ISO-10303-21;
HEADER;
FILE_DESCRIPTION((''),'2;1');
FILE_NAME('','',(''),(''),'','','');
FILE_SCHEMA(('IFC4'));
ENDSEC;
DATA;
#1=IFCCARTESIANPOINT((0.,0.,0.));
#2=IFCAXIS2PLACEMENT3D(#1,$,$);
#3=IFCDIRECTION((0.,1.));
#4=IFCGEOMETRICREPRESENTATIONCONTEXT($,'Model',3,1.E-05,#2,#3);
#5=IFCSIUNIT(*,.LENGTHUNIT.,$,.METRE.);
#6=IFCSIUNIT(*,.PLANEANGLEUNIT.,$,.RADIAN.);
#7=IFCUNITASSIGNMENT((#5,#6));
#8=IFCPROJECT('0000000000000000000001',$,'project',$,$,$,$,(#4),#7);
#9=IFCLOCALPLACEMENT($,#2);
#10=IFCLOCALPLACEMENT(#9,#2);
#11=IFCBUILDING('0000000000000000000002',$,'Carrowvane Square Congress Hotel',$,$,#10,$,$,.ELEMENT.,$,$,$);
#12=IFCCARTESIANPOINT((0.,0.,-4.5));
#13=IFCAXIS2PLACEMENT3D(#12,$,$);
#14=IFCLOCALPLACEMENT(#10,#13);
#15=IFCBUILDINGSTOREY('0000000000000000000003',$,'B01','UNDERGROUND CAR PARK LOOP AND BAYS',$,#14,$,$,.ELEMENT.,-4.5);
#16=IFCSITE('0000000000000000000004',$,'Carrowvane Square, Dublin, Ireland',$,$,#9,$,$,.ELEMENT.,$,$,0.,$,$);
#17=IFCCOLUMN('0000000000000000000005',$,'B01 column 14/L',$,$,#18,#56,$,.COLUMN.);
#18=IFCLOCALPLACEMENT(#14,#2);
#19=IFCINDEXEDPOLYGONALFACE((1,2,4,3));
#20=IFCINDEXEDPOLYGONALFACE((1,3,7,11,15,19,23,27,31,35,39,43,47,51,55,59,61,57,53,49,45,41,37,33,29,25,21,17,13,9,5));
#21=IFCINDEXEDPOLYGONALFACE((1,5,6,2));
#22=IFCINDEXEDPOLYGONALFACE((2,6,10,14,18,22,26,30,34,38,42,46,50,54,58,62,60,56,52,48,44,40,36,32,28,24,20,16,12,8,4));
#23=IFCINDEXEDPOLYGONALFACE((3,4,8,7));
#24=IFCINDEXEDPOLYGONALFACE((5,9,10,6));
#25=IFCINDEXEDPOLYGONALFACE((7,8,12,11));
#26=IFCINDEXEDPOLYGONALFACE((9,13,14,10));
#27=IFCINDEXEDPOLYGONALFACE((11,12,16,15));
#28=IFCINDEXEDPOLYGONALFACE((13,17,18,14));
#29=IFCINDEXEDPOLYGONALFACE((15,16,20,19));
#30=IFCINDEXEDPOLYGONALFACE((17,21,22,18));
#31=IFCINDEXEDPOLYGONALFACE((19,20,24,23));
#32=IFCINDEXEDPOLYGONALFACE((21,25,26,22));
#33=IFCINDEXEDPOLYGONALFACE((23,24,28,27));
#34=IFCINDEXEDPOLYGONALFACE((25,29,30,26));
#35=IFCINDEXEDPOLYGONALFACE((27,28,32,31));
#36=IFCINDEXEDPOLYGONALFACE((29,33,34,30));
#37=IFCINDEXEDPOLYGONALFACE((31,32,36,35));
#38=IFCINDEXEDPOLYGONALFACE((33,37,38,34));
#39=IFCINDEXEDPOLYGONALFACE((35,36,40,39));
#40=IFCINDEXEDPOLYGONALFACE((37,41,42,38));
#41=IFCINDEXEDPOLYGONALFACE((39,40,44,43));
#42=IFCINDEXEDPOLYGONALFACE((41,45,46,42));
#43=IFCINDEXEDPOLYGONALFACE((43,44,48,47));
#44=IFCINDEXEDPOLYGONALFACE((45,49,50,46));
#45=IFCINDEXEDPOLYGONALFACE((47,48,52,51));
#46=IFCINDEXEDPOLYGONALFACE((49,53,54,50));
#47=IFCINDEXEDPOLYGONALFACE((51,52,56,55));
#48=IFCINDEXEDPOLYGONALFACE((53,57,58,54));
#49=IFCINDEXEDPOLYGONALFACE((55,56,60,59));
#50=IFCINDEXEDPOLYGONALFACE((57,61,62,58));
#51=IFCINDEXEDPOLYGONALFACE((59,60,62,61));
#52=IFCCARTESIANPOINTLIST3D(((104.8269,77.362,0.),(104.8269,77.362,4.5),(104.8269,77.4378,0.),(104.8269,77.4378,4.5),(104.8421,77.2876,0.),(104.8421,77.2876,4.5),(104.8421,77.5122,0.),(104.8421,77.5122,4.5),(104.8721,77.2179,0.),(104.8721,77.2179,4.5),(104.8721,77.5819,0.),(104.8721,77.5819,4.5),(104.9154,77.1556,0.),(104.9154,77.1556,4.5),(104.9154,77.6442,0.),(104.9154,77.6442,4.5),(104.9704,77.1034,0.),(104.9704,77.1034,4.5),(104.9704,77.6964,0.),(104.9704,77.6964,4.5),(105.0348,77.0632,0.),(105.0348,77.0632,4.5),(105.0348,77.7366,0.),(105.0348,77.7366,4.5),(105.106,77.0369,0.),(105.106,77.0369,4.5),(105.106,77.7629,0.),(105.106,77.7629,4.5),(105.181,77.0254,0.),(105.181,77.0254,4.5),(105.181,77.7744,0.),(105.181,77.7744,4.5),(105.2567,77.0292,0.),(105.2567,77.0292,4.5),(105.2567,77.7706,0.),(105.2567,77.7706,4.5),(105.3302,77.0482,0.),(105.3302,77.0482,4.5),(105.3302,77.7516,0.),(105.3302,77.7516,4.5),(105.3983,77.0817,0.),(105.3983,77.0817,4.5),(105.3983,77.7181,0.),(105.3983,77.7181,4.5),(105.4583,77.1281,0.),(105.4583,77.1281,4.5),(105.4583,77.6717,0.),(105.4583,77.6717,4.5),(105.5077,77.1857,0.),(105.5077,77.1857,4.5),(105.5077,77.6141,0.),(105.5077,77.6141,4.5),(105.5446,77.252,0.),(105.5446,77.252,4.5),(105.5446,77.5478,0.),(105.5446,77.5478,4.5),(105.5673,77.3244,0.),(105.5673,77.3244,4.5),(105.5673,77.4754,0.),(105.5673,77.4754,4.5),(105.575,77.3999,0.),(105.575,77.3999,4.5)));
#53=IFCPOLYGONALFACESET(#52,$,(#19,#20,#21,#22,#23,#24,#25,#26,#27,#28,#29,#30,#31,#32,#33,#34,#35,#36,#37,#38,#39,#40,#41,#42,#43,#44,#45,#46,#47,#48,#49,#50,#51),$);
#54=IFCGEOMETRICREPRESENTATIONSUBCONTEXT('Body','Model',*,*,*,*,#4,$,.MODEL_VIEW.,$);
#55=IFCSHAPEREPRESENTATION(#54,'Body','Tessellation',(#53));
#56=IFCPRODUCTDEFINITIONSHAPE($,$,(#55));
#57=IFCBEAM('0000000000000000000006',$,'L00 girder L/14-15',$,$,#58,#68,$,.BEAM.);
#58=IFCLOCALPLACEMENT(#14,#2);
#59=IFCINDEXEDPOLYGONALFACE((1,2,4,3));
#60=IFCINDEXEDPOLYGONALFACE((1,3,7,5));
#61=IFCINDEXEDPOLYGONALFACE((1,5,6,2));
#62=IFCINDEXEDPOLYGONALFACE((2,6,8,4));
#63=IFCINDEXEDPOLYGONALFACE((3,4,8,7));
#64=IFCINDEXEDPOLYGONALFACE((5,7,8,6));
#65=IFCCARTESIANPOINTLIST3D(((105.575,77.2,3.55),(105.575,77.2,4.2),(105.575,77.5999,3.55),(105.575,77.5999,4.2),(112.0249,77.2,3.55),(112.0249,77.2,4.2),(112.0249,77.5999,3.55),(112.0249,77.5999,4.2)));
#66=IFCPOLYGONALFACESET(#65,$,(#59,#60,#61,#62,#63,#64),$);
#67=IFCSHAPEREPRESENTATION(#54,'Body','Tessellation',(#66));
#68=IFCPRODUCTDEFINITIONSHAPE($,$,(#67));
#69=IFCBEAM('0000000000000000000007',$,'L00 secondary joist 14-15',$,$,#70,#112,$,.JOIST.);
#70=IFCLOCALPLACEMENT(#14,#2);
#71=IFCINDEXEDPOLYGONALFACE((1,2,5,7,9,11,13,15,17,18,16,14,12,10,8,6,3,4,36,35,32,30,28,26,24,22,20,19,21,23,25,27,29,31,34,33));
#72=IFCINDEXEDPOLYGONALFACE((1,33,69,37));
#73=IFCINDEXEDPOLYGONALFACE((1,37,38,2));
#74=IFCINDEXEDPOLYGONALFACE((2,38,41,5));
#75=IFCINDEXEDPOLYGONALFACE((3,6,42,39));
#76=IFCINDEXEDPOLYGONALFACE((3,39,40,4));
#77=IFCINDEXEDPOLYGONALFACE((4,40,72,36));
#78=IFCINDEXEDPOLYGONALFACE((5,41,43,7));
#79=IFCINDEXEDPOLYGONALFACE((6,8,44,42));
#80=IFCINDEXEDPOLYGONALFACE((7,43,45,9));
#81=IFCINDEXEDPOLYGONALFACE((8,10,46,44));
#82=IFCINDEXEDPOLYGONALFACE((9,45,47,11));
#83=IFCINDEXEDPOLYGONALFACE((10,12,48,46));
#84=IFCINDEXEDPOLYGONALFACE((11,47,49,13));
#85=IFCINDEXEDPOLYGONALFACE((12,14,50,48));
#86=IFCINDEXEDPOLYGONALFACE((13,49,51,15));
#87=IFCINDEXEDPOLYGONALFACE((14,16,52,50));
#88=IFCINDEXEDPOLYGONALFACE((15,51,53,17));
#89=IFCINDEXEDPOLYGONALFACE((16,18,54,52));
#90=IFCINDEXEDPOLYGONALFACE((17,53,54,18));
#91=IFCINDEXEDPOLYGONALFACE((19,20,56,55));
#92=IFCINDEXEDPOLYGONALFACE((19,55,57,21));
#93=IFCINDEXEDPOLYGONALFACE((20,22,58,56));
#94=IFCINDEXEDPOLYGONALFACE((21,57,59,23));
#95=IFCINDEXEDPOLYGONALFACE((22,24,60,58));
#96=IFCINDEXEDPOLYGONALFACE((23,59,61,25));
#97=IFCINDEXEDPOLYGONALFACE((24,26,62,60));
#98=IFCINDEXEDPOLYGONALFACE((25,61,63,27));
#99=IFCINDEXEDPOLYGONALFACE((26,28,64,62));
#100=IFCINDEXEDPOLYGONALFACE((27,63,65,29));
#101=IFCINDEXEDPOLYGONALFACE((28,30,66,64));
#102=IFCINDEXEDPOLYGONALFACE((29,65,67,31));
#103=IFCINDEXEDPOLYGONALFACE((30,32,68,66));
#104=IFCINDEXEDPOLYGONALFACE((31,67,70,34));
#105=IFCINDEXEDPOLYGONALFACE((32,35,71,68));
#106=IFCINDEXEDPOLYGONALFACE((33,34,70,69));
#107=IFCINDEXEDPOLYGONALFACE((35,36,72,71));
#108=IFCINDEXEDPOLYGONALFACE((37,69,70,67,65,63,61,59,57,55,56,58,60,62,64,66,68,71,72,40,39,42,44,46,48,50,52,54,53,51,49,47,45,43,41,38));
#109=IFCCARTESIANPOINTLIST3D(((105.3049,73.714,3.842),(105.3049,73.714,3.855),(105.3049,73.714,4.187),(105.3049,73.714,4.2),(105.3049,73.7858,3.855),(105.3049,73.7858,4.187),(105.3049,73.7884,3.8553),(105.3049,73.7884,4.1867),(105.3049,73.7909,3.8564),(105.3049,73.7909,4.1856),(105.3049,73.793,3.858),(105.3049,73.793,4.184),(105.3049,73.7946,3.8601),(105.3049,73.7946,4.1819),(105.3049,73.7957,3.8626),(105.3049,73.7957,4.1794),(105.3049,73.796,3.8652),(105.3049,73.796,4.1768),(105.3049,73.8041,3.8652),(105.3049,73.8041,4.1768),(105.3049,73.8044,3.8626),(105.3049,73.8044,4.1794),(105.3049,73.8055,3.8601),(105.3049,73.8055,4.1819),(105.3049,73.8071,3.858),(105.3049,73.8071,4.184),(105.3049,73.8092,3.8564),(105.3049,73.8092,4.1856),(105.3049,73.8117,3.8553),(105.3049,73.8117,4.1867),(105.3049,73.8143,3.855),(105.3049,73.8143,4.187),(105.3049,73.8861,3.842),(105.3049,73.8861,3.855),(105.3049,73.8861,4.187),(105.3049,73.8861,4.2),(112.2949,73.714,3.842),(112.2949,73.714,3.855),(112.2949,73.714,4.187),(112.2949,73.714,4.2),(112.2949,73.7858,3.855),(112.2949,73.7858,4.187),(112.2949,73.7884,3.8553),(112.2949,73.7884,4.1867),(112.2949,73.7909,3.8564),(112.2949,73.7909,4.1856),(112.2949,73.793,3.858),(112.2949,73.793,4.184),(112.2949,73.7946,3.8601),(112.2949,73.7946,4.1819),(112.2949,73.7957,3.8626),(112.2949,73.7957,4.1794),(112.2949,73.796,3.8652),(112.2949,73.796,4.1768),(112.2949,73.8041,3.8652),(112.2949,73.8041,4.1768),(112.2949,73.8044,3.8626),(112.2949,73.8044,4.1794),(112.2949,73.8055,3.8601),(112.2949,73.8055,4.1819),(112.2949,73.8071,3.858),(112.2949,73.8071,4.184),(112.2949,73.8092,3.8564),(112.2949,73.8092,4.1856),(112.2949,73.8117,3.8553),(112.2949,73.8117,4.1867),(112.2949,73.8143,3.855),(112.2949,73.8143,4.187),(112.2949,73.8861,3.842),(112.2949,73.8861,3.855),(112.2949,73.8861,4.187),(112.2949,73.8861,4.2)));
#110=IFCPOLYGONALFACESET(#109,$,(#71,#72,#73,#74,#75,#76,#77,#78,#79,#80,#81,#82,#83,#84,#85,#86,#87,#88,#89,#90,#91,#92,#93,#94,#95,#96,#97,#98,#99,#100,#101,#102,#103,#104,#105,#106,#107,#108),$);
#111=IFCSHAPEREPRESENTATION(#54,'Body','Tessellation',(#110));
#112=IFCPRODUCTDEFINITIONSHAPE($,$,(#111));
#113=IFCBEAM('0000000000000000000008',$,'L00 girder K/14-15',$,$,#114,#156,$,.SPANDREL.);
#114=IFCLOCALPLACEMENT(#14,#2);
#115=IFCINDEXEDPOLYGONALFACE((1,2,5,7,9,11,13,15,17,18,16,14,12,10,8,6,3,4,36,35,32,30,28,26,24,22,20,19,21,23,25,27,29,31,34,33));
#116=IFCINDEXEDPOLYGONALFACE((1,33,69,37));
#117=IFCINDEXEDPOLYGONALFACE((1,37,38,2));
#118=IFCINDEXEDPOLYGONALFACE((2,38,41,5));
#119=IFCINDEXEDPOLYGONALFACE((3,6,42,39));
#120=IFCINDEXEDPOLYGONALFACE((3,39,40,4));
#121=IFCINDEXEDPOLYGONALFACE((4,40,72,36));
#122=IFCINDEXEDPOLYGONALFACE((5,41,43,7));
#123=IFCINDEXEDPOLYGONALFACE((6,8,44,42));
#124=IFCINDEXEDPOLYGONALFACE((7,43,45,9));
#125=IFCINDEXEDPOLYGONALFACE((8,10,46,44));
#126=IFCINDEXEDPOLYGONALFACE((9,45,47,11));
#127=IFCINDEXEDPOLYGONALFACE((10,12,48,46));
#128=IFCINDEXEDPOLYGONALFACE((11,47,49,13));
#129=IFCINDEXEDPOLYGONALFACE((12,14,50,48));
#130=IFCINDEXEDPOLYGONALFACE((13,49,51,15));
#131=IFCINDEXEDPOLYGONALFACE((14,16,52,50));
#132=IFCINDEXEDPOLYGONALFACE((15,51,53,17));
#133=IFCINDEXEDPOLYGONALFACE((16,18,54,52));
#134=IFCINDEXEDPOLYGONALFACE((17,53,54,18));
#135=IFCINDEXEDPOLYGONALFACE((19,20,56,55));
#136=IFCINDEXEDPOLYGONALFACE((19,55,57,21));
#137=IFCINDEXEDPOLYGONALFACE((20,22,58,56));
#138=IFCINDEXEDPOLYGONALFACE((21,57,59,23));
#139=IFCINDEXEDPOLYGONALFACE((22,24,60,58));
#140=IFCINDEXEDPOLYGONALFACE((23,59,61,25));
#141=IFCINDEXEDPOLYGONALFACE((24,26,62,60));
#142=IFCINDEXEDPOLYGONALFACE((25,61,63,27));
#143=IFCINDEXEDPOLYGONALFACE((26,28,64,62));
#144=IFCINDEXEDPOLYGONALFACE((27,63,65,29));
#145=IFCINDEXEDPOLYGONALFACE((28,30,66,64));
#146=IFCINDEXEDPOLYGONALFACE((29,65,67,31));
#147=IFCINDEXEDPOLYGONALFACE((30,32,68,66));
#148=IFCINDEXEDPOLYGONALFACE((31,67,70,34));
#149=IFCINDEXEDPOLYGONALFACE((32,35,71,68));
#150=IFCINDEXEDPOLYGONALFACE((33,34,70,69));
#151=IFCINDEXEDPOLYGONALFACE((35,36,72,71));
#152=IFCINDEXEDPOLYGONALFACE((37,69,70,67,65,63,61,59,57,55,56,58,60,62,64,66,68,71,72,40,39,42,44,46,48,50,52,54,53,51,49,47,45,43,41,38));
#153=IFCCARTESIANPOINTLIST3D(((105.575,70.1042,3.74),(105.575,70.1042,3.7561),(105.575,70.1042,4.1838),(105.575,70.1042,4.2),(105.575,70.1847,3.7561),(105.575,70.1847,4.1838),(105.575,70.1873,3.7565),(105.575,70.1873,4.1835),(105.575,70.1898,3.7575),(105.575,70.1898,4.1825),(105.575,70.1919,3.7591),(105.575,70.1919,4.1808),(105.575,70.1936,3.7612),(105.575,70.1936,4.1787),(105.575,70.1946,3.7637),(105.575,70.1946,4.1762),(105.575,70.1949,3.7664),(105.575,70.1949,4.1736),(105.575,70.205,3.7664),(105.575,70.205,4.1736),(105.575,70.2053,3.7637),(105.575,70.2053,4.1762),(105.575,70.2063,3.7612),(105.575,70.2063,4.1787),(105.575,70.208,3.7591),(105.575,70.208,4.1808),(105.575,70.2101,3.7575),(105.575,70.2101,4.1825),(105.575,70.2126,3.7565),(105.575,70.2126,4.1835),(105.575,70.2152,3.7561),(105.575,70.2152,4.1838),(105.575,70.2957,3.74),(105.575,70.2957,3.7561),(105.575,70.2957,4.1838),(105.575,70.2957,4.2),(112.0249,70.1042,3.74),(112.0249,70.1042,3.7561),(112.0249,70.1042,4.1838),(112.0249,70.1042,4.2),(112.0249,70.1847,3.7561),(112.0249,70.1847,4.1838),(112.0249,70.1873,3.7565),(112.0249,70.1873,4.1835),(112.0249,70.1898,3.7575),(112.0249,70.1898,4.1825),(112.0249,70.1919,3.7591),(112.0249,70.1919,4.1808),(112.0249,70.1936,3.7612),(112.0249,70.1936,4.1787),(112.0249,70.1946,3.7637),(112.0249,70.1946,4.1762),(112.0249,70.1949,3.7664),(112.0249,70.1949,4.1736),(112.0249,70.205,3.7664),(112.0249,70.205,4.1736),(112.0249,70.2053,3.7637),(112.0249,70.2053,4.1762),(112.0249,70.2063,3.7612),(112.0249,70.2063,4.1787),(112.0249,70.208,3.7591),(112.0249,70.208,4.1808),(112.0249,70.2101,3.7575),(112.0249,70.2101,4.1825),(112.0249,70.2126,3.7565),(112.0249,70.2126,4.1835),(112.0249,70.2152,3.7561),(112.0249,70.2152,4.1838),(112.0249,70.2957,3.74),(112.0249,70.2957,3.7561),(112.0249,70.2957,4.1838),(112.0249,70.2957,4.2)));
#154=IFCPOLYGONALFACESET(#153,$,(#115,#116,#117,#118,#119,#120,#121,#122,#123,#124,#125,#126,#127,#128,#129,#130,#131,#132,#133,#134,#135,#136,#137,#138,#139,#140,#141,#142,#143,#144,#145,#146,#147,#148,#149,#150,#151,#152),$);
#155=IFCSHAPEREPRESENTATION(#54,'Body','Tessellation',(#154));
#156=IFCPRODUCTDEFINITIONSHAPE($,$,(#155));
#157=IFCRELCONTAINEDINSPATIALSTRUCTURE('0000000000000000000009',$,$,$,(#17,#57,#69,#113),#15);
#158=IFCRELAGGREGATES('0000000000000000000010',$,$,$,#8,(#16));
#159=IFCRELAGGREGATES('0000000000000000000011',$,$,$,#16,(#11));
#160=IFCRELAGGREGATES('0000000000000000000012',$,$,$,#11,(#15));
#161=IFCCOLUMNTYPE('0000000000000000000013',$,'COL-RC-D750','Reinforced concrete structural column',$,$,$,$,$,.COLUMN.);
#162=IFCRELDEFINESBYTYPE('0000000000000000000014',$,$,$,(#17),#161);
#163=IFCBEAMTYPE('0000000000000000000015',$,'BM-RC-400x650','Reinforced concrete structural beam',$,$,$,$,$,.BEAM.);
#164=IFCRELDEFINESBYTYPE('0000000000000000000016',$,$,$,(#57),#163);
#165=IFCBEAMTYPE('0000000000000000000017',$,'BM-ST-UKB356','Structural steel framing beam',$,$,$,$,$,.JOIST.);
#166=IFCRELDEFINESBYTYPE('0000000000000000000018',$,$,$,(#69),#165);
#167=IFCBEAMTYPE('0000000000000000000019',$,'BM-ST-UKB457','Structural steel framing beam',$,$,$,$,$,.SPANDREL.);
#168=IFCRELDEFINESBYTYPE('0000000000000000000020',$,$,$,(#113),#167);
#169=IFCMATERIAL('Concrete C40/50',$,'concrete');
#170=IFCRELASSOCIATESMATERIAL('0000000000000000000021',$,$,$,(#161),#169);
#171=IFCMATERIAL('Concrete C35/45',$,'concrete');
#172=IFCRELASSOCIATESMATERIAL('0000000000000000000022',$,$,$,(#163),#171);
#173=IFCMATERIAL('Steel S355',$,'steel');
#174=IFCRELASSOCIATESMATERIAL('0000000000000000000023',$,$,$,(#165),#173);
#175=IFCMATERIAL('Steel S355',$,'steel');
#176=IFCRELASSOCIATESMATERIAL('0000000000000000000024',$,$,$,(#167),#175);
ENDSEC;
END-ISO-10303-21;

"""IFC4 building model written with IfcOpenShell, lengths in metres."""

from ifc_helpers import new_model, si_unit, direction, frame, origin, origin_2d, place, context, subcontext, project, spatial, rectangle, circle, i_section, extrude, material, material_profile, profile_set, type_object, element, save


model = new_model("IFC4")

# Units and contexts
model_context = context("Model", 3, precision=1e-05, world=origin(), true_north=direction((0.0, 1.0)))
body_context = subcontext(model_context, "Body", "Model", "MODEL_VIEW")
ifc_project = project(units=[si_unit("LENGTHUNIT", "METRE"), si_unit("PLANEANGLEUNIT", "RADIAN")], contexts=[model_context])

# Site, building, storey
site_placement = place(None, origin())
site = spatial("IfcSite", under=ifc_project, at=site_placement, Name="Carrowvane Square, Dublin, Ireland", CompositionType="ELEMENT", RefElevation=0.0)
building_placement = place(site_placement, origin())
building = spatial("IfcBuilding", under=site, at=building_placement, Name="Carrowvane Square Congress Hotel", CompositionType="ELEMENT")
storey_placement = place(building_placement, frame((0.0, 0.0, -4.5)))
storey = spatial("IfcBuildingStorey", under=building, at=storey_placement, Name="B01", Description="UNDERGROUND CAR PARK LOOP AND BAYS", CompositionType="ELEMENT", Elevation=-4.5)

# Column
ifc_material_1 = material(Name="Concrete C40/50", Category="concrete")
ifc_material_profile_1 = material_profile(ifc_material_1, circle(Radius=0.375, at=origin_2d()), Name="RC D750")
ifc_profile_set_1 = profile_set([ifc_material_profile_1], Name="Concrete C40/50")
column_type = type_object("IfcColumnType", Name="COL-RC-D750", Description="Reinforced concrete structural column", PredefinedType="COLUMN", material=ifc_profile_set_1)
for number, where, z_axis, x_axis, name in (
    (1, (105.2, 77.3999, 0.0), (0.0, 0.0, 1.0), (1.0, 0.0, 0.0), "B01 column 14/L"),
):
    element("IfcColumn", number, at=place(storey_placement, frame(where, z_axis=z_axis, x_axis=x_axis)), inside=storey, type_object=column_type, Name=name, PredefinedType="COLUMN", context=body_context, shape_type="SweptSolid", body=[
        extrude(circle(Radius=0.375, at=origin_2d()), origin(), (0.0, 0.0, 1.0), 4.5),
    ])

# Beams
ifc_material_2 = material(Name="Concrete C35/45", Category="concrete")
ifc_material_profile_2 = material_profile(ifc_material_2, rectangle(XDim=0.3999, YDim=0.6499, at=origin_2d()), Name="RC 400x650")
ifc_profile_set_2 = profile_set([ifc_material_profile_2], Name="Concrete C35/45")
beam_type_1 = type_object("IfcBeamType", Name="BM-RC-400x650", Description="Reinforced concrete structural beam", PredefinedType="BEAM", material=ifc_profile_set_2)
beam_1_placement = place(storey_placement, frame((105.575, 77.3999, 3.875), z_axis=(1.0, 0.0, 0.0), x_axis=(0.0, 1.0, 0.0)))
element("IfcBeam", 2, at=beam_1_placement, inside=storey, type_object=beam_type_1, Name="L00 girder L/14-15", PredefinedType="BEAM", context=body_context, shape_type="SweptSolid", body=[
    extrude(rectangle(XDim=0.3999, YDim=0.6499, at=origin_2d()), origin(), (0.0, 0.0, 1.0), 6.45),
])
ifc_material_3 = material(Name="Steel S355", Category="steel")
ifc_material_profile_3 = material_profile(ifc_material_3, i_section(OverallWidth=0.1721, OverallDepth=0.3579, WebThickness=0.0081, FlangeThickness=0.0129, FilletRadius=0.0103, at=origin_2d()), Name="UKB 356x171x57")
ifc_profile_set_3 = profile_set([ifc_material_profile_3], Name="Steel S355")
beam_type_2 = type_object("IfcBeamType", Name="BM-ST-UKB356", Description="Structural steel framing beam", PredefinedType="JOIST", material=ifc_profile_set_3)
beam_2_placement = place(storey_placement, frame((105.3049, 73.8, 4.021), z_axis=(1.0, 0.0, 0.0), x_axis=(0.0, 1.0, 0.0)))
element("IfcBeam", 3, at=beam_2_placement, inside=storey, type_object=beam_type_2, Name="L00 secondary joist 14-15", PredefinedType="JOIST", context=body_context, shape_type="SweptSolid", body=[
    extrude(i_section(OverallWidth=0.1721, OverallDepth=0.3579, WebThickness=0.0081, FlangeThickness=0.0129, FilletRadius=0.0103, at=origin_2d()), origin(), (0.0, 0.0, 1.0), 6.99),
])
ifc_material_4 = material(Name="Steel S355", Category="steel")
ifc_material_profile_4 = material_profile(ifc_material_4, i_section(OverallWidth=0.1914, OverallDepth=0.46, WebThickness=0.01, FlangeThickness=0.0161, FilletRadius=0.0103, at=origin_2d()), Name="UKB 457x191x82")
ifc_profile_set_4 = profile_set([ifc_material_profile_4], Name="Steel S355")
beam_type_3 = type_object("IfcBeamType", Name="BM-ST-UKB457", Description="Structural steel framing beam", PredefinedType="SPANDREL", material=ifc_profile_set_4)
beam_3_placement = place(storey_placement, frame((105.575, 70.2, 3.97), z_axis=(1.0, 0.0, 0.0), x_axis=(0.0, 1.0, 0.0)))
element("IfcBeam", 4, at=beam_3_placement, inside=storey, type_object=beam_type_3, Name="L00 girder K/14-15", PredefinedType="SPANDREL", context=body_context, shape_type="SweptSolid", body=[
    extrude(i_section(OverallWidth=0.1914, OverallDepth=0.46, WebThickness=0.01, FlangeThickness=0.0161, FilletRadius=0.0103, at=origin_2d()), origin(), (0.0, 0.0, 1.0), 6.45),
])

save(model, "model.ifc")
